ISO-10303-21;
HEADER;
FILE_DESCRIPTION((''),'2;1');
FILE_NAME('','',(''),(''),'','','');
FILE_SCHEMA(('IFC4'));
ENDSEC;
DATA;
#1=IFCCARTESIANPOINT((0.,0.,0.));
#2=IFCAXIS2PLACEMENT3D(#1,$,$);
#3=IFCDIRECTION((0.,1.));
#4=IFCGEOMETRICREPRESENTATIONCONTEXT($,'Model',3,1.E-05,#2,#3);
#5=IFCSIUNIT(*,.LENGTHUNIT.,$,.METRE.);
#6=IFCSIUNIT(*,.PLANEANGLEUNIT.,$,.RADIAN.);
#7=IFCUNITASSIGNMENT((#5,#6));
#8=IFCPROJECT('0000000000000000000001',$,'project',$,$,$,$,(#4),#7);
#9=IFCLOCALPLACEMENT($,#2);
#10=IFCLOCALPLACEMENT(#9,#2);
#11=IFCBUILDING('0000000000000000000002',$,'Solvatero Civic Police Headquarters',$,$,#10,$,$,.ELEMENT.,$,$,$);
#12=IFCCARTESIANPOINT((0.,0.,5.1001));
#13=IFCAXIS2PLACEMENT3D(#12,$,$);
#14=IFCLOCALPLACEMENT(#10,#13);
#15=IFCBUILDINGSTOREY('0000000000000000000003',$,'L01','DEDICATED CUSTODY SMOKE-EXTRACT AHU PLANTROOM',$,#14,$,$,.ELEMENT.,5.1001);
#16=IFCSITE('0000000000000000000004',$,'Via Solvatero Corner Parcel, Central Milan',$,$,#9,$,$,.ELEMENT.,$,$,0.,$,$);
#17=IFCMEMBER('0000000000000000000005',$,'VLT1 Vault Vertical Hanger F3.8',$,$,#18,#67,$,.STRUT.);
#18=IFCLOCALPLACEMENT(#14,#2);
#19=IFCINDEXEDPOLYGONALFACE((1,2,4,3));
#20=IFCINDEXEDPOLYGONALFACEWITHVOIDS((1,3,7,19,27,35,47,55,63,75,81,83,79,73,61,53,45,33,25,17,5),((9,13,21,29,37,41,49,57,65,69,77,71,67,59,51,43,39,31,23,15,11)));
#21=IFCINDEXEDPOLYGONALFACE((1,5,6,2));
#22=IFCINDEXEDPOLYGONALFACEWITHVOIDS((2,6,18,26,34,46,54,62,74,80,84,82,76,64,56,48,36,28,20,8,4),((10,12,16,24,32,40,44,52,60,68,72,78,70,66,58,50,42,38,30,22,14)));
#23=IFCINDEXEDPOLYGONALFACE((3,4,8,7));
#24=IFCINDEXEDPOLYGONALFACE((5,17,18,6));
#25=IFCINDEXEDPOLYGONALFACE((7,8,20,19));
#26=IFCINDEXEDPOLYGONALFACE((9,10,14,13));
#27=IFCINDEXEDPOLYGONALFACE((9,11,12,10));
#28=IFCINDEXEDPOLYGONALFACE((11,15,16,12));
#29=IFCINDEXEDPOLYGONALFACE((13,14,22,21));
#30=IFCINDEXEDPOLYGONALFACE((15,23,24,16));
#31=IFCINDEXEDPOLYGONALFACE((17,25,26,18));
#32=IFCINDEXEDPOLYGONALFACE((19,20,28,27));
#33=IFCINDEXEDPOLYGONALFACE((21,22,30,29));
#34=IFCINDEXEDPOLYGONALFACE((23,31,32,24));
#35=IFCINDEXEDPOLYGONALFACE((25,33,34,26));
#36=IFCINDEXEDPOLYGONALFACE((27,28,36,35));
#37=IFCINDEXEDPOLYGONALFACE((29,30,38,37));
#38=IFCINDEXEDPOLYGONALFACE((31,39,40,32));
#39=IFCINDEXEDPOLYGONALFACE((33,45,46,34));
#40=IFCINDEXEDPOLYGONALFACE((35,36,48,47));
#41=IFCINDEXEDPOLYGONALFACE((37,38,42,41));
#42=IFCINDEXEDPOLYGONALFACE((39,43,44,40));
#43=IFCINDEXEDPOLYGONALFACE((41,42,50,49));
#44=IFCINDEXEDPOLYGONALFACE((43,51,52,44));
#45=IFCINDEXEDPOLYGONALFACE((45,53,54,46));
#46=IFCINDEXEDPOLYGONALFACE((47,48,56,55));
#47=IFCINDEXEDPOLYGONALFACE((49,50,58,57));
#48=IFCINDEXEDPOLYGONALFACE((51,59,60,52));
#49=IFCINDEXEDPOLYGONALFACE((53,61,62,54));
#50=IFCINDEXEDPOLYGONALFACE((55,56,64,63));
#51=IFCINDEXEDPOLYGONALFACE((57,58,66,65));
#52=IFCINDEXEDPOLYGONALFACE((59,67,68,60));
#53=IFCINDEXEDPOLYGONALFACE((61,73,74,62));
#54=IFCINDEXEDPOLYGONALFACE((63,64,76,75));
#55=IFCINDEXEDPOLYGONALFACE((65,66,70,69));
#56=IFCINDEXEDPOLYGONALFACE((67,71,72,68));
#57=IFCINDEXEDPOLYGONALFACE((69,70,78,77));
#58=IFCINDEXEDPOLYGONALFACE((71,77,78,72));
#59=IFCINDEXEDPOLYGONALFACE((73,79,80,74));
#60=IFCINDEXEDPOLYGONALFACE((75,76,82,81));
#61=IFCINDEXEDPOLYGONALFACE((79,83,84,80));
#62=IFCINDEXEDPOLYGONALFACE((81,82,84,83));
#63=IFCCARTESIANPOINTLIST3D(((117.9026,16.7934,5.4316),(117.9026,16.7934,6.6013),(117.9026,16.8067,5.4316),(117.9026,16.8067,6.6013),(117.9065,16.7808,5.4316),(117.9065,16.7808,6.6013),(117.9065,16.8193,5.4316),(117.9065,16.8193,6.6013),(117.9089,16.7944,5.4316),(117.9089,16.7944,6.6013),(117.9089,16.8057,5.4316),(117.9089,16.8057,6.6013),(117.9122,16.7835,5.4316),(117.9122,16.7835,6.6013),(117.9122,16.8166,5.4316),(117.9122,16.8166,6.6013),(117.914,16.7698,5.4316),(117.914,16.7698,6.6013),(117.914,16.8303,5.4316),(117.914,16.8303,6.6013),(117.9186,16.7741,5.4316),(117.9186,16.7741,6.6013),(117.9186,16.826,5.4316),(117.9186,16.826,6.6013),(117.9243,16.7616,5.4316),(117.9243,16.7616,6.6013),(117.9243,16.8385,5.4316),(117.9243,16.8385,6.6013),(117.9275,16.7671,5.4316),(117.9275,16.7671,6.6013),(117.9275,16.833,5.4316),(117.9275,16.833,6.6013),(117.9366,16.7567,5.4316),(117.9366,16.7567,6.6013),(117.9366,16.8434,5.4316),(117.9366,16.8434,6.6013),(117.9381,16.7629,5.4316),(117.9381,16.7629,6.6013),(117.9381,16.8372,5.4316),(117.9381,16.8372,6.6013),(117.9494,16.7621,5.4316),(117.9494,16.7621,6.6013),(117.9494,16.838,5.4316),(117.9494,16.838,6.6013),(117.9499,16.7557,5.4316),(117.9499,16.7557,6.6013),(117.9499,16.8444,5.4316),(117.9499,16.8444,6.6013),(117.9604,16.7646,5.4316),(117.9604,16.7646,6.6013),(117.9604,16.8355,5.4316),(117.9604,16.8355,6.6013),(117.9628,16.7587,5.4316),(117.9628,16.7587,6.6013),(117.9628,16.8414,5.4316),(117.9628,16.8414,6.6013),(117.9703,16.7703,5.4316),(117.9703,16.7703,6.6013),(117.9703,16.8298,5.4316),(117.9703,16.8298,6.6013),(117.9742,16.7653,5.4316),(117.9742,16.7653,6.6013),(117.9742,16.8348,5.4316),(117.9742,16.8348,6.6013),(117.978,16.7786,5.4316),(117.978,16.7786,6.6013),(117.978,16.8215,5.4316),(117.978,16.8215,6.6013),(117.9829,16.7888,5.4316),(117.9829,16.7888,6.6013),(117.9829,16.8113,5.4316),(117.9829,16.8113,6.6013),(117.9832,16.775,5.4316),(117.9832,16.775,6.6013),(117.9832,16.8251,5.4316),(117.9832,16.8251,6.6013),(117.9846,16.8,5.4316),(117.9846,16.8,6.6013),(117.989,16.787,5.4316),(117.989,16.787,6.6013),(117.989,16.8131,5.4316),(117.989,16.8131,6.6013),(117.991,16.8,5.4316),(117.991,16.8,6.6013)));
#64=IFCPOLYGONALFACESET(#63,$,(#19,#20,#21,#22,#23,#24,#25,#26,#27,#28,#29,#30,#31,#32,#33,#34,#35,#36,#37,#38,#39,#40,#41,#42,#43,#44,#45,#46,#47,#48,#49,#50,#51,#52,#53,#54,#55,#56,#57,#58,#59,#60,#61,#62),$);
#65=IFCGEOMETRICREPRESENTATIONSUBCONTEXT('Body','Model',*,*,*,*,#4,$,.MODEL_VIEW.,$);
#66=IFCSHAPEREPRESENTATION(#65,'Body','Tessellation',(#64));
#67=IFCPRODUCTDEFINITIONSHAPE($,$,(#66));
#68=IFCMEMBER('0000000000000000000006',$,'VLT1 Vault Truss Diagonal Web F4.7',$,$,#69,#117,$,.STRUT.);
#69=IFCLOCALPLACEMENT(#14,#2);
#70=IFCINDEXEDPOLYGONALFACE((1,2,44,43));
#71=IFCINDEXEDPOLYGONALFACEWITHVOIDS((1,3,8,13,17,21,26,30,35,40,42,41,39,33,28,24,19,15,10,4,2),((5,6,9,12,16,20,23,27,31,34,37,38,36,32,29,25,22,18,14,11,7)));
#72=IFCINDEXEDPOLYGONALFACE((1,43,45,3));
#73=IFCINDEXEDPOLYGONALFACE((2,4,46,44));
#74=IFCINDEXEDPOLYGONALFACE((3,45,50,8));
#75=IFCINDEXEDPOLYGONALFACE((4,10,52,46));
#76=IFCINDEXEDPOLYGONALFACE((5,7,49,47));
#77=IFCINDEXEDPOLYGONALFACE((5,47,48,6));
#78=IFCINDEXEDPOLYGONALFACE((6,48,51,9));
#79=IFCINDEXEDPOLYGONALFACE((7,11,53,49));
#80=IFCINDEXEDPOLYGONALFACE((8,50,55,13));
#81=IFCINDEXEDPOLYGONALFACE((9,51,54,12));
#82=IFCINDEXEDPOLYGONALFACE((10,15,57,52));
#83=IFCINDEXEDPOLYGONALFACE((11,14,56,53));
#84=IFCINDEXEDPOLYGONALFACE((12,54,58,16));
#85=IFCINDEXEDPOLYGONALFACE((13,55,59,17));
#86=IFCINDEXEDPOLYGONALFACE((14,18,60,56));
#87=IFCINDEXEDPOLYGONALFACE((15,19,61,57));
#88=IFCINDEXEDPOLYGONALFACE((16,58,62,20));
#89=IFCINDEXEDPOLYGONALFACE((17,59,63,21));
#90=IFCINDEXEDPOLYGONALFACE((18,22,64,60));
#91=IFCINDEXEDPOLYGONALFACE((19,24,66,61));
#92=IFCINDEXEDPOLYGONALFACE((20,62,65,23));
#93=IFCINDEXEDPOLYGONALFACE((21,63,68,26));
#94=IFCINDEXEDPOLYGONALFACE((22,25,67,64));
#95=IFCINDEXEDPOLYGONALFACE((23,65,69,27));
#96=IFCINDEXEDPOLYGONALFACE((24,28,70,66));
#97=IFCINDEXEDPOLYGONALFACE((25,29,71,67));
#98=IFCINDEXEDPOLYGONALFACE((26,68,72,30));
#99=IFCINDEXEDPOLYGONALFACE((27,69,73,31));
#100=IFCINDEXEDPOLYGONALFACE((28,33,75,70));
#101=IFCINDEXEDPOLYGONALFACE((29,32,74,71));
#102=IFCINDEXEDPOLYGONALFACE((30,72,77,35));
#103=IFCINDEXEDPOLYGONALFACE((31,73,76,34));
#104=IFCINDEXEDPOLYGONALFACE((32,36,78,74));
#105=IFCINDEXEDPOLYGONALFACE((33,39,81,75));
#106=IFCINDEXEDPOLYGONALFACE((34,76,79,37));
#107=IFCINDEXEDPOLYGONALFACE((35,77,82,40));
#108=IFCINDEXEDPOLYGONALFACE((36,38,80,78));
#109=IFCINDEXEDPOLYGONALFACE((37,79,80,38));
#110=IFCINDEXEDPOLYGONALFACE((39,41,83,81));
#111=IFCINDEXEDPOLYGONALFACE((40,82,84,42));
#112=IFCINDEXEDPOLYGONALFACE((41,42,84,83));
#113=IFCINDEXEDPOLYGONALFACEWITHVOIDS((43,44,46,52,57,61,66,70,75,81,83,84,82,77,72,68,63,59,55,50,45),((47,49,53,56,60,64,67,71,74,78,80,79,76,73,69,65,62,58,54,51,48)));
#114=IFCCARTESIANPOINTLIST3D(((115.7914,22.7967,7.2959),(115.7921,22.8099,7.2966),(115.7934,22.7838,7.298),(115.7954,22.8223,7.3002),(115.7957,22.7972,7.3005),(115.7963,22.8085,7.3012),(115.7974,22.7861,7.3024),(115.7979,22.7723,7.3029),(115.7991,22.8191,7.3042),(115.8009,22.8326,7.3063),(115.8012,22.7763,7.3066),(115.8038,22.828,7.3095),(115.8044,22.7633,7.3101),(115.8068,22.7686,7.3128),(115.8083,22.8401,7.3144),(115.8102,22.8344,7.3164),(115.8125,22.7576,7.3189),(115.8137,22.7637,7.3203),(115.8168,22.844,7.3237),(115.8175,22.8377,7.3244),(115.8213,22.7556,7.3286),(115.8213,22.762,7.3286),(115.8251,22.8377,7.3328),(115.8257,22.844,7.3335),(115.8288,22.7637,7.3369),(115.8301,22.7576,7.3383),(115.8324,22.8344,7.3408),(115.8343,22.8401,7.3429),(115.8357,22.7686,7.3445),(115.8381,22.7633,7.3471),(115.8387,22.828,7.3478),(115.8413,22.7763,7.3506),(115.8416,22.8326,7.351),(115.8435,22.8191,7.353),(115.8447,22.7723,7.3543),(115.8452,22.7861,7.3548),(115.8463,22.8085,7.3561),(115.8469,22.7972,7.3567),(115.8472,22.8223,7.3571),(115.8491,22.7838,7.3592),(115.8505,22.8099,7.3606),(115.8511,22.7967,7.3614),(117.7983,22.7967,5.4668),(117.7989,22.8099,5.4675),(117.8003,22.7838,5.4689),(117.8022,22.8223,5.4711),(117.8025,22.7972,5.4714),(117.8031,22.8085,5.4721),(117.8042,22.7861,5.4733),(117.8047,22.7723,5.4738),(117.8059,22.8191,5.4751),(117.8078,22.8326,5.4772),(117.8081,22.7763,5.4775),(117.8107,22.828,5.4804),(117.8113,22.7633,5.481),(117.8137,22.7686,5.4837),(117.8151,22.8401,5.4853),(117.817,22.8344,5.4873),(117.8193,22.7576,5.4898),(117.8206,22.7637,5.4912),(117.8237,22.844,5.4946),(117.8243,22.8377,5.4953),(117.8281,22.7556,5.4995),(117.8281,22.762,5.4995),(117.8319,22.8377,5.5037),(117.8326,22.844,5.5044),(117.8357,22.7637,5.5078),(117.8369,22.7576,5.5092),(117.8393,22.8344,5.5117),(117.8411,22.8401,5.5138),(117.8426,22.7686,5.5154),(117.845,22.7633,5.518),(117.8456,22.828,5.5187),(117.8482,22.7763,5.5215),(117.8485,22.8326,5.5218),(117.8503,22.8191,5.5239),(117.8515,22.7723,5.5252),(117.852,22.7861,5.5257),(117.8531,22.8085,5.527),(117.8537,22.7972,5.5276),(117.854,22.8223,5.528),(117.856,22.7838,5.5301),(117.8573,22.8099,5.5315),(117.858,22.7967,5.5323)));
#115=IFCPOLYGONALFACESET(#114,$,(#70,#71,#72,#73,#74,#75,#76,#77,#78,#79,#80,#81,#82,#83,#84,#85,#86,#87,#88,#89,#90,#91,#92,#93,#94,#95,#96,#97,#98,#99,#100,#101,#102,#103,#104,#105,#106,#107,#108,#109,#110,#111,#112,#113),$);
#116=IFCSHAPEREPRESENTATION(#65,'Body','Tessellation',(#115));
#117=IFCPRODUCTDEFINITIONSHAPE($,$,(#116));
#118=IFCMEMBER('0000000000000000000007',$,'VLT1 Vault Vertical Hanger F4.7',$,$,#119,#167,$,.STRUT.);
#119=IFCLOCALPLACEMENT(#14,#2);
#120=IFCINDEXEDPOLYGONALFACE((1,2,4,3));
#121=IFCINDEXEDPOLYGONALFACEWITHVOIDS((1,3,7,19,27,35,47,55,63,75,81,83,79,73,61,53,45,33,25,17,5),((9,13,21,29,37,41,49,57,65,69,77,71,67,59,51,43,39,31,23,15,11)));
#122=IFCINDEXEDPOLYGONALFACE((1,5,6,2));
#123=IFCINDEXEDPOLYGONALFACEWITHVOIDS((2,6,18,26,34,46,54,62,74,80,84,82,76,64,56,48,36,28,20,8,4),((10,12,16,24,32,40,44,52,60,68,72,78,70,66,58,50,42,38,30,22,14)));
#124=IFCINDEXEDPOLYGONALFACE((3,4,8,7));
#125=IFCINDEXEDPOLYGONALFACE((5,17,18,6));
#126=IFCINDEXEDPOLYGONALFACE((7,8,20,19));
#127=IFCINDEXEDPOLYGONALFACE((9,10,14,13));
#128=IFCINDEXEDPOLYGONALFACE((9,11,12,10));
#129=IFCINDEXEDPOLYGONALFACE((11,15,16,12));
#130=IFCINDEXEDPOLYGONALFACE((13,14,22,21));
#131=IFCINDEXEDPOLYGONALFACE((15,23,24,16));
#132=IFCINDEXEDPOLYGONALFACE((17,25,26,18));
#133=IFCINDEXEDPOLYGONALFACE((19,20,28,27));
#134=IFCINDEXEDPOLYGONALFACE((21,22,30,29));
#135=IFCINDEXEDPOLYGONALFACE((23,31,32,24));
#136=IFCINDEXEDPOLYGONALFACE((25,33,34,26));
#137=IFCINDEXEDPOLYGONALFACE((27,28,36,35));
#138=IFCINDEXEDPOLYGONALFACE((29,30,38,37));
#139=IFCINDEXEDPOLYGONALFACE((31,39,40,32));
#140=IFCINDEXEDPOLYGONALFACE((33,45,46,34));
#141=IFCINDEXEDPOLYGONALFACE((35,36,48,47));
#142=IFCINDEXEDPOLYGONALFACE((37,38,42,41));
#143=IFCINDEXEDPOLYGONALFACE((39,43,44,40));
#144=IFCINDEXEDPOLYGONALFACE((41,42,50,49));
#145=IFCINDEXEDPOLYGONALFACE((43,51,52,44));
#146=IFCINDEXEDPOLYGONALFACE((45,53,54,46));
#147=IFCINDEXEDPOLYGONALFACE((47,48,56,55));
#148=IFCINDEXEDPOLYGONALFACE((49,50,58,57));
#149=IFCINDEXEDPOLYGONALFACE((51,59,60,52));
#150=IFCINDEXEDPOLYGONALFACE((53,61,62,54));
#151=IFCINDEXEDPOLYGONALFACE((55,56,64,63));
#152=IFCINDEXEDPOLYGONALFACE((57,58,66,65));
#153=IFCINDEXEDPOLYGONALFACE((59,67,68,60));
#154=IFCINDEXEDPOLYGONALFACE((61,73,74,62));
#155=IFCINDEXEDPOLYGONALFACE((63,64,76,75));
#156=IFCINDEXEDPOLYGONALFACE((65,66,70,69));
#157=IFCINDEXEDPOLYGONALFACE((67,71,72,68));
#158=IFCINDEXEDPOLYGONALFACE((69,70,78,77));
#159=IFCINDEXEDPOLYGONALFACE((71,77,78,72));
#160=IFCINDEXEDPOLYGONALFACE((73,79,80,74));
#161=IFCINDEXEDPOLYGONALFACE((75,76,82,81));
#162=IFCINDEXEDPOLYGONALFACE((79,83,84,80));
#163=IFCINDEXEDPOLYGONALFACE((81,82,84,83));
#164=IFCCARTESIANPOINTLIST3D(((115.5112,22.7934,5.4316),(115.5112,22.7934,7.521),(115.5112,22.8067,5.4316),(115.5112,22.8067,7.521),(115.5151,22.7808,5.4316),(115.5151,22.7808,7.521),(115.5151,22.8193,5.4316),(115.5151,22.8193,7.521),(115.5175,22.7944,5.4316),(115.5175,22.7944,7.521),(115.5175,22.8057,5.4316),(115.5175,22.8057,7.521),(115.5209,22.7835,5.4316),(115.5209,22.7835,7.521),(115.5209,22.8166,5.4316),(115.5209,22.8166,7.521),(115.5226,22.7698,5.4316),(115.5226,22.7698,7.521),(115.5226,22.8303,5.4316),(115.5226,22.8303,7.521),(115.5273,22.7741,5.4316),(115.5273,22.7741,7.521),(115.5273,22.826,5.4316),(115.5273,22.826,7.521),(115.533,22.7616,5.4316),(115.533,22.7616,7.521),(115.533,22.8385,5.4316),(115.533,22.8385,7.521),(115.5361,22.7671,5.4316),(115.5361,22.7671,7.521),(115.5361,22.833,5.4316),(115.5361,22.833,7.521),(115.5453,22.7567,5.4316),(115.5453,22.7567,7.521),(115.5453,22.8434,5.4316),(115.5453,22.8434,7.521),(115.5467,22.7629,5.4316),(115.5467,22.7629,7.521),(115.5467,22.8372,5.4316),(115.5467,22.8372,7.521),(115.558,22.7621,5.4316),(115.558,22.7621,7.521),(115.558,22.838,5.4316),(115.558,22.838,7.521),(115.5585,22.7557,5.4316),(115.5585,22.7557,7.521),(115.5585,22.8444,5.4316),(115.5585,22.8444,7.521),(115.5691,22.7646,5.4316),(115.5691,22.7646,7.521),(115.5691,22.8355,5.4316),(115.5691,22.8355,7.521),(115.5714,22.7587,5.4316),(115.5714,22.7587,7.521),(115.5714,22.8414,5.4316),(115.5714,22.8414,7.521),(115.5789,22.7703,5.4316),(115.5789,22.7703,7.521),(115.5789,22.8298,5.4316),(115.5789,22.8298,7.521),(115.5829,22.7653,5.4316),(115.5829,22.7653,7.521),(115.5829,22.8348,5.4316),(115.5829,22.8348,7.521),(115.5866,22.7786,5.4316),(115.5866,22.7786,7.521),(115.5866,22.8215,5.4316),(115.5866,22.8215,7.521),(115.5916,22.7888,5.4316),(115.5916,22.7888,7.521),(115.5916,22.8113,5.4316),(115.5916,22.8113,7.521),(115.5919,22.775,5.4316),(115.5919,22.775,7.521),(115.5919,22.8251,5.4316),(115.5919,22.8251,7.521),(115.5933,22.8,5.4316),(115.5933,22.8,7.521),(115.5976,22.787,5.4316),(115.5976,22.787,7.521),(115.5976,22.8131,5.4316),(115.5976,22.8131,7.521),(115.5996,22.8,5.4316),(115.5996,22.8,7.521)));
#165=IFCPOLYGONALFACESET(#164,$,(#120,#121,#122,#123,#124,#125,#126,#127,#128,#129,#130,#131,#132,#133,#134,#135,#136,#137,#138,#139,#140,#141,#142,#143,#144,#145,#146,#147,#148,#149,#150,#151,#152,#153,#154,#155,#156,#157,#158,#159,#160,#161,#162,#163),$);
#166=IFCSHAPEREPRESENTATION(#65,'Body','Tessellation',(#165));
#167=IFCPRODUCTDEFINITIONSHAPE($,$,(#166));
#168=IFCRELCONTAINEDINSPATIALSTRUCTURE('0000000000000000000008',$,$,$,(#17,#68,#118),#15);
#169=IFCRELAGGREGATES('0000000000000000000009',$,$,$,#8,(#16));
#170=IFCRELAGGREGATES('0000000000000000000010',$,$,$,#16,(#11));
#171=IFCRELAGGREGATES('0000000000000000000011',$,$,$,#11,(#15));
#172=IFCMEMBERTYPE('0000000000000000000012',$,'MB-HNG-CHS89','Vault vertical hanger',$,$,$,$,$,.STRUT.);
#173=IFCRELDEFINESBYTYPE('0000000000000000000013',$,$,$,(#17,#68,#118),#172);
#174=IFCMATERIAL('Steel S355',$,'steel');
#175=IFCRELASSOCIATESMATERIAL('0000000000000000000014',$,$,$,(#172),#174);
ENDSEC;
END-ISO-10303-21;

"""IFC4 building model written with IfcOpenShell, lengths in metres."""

from ifc_helpers import new_model, si_unit, direction, frame, origin, origin_2d, place, context, subcontext, project, spatial, hollow_circle, extrude, material, material_profile, profile_set, type_object, element, save


model = new_model("IFC4")

# Units and contexts
model_context = context("Model", 3, precision=1e-05, world=origin(), true_north=direction((0.0, 1.0)))
body_context = subcontext(model_context, "Body", "Model", "MODEL_VIEW")
ifc_project = project(units=[si_unit("LENGTHUNIT", "METRE"), si_unit("PLANEANGLEUNIT", "RADIAN")], contexts=[model_context])

# Site, building, storey
site_placement = place(None, origin())
site = spatial("IfcSite", under=ifc_project, at=site_placement, Name="Via Solvatero Corner Parcel, Central Milan", CompositionType="ELEMENT", RefElevation=0.0)
building_placement = place(site_placement, origin())
building = spatial("IfcBuilding", under=site, at=building_placement, Name="Solvatero Civic Police Headquarters", CompositionType="ELEMENT")
storey_placement = place(building_placement, frame((0.0, 0.0, 5.1001)))
storey = spatial("IfcBuildingStorey", under=building, at=storey_placement, Name="L01", Description="DEDICATED CUSTODY SMOKE-EXTRACT AHU PLANTROOM", CompositionType="ELEMENT", Elevation=5.1001)

# Shared definitions
ifc_material = material(Name="Steel S355", Category="steel")

# Members
ifc_material_profile_1 = material_profile(ifc_material, hollow_circle(Radius=0.0444, WallThickness=0.0063, at=origin_2d()), Name="CHS 88.9x6.3")
ifc_profile_set_1 = profile_set([ifc_material_profile_1], Name="Steel S355")
member_type_1 = type_object("IfcMemberType", Name="MB-HNG-CHS89", Description="Vault vertical hanger", PredefinedType="STRUT", material=ifc_profile_set_1)
member_1_placement = place(storey_placement, frame((117.9465, 16.8, 5.4316), z_axis=(0.0, 0.0, 1.0), x_axis=(1.0, 0.0, 0.0)))
element("IfcMember", 1, at=member_1_placement, inside=storey, type_object=member_type_1, Name="VLT1 Vault Vertical Hanger F3.8", PredefinedType="STRUT", context=body_context, shape_type="SweptSolid", body=[
    extrude(hollow_circle(Radius=0.0444, WallThickness=0.0063, at=origin_2d()), origin(), (0.0, 0.0, 1.0), 1.1697),
])
member_2_placement = place(storey_placement, frame((117.8281, 22.8, 5.4995), z_axis=(-0.739077, 0.0, 0.673621), x_axis=(0.0, -1.0, 0.0)))
element("IfcMember", 2, at=member_2_placement, inside=storey, type_object=member_type_1, Name="VLT1 Vault Truss Diagonal Web F4.7", PredefinedType="STRUT", context=body_context, shape_type="SweptSolid", body=[
    extrude(hollow_circle(Radius=0.0444, WallThickness=0.0063, at=origin_2d()), origin(), (0.0, 0.0, 1.0), 2.7153),
])
member_3_placement = place(storey_placement, frame((115.5552, 22.8, 5.4316), z_axis=(0.0, 0.0, 1.0), x_axis=(1.0, 0.0, 0.0)))
element("IfcMember", 3, at=member_3_placement, inside=storey, type_object=member_type_1, Name="VLT1 Vault Vertical Hanger F4.7", PredefinedType="STRUT", context=body_context, shape_type="SweptSolid", body=[
    extrude(hollow_circle(Radius=0.0444, WallThickness=0.0063, at=origin_2d()), origin(), (0.0, 0.0, 1.0), 2.0894),
])

save(model, "model.ifc")
